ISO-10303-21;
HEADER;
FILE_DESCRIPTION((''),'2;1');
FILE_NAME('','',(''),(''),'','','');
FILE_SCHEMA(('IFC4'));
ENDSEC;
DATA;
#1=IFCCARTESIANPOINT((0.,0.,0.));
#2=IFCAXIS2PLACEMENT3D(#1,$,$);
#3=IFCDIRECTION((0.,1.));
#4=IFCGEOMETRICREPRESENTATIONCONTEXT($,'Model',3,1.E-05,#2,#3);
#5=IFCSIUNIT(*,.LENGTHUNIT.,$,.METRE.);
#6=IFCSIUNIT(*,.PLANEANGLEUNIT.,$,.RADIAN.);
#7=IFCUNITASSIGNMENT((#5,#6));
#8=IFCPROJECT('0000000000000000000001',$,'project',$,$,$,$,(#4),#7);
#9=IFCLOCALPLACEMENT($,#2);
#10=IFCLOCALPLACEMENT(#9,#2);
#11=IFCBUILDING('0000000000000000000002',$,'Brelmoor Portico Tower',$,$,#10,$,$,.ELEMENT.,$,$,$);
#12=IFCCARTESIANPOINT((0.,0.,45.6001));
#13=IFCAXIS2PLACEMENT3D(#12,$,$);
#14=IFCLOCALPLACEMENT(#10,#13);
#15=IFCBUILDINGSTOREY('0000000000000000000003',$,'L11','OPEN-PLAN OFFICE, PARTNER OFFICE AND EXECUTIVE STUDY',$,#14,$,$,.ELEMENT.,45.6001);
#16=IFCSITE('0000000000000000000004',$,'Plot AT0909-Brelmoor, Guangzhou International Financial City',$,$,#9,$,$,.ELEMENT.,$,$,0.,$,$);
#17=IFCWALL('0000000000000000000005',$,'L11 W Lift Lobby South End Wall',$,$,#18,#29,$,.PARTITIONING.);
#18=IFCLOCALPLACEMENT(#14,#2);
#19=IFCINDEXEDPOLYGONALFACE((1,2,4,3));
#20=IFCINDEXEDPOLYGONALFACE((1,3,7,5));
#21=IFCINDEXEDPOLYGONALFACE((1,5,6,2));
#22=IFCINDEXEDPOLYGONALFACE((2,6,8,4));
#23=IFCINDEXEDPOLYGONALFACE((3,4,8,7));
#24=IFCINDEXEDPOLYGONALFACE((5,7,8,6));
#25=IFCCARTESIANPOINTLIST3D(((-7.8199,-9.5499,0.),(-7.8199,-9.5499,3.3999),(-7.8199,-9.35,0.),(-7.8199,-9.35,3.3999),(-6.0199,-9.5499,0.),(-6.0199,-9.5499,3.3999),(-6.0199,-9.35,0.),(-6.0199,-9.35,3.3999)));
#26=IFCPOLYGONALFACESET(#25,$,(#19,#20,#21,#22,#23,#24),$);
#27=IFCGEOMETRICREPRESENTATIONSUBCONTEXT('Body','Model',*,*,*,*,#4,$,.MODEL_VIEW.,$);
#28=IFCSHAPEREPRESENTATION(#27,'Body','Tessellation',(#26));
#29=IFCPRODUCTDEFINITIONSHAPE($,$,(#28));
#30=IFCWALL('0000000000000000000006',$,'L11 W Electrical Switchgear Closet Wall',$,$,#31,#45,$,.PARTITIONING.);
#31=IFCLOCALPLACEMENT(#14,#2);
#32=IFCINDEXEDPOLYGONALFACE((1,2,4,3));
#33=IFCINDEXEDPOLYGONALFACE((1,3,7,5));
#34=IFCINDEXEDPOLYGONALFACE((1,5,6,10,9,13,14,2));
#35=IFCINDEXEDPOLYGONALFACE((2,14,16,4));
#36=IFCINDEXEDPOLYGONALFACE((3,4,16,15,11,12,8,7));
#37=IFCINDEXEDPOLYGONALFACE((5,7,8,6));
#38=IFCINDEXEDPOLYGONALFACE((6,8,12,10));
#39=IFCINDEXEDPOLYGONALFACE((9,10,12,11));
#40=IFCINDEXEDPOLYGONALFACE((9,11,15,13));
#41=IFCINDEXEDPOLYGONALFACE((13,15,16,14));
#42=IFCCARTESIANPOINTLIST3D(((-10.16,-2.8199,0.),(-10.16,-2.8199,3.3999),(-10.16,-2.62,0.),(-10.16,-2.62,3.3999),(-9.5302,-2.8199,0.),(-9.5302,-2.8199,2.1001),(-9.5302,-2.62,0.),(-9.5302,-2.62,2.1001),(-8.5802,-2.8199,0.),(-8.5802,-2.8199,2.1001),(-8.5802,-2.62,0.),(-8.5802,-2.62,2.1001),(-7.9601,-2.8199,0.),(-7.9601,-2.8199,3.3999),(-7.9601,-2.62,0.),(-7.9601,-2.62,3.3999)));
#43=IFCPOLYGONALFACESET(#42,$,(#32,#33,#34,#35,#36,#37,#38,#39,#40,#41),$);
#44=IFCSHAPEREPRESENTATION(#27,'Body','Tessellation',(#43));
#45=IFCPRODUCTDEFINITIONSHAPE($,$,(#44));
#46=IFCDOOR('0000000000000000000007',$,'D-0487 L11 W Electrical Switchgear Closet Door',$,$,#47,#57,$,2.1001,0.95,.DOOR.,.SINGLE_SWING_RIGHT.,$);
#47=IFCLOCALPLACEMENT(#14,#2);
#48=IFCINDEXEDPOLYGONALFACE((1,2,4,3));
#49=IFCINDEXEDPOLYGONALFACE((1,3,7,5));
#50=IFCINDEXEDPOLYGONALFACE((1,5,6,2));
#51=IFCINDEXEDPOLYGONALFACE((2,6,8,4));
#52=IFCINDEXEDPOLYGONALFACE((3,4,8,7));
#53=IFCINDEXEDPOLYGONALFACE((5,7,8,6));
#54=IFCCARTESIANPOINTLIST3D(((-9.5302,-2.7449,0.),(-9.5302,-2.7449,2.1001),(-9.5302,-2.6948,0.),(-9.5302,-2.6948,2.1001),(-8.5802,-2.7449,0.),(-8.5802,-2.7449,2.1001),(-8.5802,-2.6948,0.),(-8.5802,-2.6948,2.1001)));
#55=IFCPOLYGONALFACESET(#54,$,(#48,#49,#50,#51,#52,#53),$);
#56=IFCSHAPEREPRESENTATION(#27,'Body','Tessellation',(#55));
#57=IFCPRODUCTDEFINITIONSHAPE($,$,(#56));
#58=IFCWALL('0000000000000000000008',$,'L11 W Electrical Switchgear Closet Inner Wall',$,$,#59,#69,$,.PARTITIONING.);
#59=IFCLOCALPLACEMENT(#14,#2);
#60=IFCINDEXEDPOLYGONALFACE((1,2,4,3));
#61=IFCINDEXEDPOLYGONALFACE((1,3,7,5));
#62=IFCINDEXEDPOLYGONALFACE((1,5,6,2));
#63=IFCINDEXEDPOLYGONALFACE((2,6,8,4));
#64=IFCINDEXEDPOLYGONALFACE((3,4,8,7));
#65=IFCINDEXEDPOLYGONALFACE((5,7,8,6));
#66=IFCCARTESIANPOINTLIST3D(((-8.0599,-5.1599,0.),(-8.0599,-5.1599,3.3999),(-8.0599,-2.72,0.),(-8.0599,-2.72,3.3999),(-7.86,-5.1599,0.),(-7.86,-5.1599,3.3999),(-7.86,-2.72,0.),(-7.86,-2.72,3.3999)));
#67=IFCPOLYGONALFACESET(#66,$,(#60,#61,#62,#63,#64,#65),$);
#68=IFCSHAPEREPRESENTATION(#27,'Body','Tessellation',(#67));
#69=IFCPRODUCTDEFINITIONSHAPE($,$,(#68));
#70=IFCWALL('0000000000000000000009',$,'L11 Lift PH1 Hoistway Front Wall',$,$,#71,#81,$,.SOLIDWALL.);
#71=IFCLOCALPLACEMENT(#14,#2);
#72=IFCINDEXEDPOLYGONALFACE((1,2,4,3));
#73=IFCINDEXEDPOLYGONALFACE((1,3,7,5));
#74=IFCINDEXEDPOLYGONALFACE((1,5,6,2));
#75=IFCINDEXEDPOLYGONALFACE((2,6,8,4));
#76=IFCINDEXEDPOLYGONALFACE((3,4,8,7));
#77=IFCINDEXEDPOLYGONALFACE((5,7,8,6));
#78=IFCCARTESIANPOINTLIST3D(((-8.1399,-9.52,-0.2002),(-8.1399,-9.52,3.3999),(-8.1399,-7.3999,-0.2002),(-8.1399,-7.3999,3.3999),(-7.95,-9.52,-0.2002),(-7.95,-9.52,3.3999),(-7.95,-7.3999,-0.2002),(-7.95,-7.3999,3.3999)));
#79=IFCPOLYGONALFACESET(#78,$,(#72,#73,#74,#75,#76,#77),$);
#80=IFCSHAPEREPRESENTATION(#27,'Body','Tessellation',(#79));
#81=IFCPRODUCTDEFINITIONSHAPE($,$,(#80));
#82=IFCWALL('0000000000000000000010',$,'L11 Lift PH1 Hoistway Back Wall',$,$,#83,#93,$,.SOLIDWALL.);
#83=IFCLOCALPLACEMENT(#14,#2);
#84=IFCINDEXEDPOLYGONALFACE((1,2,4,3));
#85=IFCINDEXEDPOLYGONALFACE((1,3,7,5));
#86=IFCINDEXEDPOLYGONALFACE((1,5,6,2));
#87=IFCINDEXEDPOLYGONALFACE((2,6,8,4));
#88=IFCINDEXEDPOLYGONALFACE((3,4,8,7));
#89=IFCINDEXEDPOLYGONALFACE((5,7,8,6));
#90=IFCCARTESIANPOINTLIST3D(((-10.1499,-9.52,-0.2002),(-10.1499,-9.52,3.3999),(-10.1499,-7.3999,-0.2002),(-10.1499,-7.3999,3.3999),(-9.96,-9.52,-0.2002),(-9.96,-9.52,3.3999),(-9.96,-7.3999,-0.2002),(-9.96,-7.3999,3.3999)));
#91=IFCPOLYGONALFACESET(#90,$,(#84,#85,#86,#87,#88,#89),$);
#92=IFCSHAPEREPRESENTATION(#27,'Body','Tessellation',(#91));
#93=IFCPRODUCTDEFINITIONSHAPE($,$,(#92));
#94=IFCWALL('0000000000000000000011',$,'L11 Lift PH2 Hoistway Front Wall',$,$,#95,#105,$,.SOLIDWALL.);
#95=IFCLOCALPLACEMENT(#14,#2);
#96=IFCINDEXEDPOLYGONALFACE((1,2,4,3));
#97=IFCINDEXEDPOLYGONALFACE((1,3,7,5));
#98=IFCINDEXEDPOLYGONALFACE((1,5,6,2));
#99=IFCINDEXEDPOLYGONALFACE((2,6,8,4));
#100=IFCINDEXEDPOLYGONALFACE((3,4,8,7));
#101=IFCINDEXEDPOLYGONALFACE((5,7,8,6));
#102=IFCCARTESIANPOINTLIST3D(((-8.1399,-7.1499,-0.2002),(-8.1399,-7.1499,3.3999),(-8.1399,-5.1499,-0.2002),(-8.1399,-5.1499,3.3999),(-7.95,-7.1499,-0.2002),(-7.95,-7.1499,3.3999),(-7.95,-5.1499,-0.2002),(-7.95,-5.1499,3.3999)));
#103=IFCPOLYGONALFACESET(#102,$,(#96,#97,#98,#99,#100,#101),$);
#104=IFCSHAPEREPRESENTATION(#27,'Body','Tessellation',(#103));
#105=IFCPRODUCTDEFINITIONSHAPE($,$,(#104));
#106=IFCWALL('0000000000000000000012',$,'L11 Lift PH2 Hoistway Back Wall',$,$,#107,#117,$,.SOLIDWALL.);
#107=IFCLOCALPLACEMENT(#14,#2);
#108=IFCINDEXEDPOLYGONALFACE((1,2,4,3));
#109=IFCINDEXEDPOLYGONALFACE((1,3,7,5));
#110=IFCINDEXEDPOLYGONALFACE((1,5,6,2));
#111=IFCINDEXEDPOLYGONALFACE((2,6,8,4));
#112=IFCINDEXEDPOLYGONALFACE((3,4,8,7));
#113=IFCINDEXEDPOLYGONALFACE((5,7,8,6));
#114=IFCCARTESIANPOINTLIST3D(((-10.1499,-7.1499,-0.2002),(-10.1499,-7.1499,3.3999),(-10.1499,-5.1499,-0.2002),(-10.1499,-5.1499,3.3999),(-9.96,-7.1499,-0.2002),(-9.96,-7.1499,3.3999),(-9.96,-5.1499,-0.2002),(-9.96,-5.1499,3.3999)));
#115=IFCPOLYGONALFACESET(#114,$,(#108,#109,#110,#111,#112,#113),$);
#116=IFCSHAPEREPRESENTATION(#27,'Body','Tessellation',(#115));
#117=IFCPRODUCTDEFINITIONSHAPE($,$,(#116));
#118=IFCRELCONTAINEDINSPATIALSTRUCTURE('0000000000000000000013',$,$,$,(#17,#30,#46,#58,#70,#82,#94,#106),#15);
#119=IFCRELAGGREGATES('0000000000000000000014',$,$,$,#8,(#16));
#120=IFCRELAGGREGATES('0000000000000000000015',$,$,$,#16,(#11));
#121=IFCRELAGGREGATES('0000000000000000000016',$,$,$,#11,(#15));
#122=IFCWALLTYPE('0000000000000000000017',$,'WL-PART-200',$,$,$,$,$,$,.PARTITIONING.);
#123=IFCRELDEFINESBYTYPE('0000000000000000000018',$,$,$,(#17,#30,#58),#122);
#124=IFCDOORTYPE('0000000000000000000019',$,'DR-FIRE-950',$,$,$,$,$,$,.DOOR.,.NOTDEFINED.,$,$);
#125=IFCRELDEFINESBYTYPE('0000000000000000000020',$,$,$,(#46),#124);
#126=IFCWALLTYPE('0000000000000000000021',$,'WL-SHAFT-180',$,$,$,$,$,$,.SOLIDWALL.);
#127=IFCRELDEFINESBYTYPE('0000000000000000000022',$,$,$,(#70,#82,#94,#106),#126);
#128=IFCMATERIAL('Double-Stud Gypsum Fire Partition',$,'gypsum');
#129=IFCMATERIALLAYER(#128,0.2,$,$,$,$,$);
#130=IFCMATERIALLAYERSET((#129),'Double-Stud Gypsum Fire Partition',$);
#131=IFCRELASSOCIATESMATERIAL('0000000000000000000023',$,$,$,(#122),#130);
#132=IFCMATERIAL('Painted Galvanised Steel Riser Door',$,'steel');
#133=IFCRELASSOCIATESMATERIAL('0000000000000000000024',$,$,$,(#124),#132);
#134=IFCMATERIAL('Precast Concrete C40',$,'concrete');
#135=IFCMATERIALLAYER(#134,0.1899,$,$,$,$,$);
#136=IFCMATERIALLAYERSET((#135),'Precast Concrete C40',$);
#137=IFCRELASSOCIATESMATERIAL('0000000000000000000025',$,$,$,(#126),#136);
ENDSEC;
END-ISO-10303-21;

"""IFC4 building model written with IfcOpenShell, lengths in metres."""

from ifc_helpers import new_model, si_unit, direction, frame, frame_2d, origin, place, context, subcontext, project, spatial, rectangle, extrude, material, layer, layer_set, type_object, element, fill, save


model = new_model("IFC4")

# Units and contexts
model_context = context("Model", 3, precision=1e-05, world=origin(), true_north=direction((0.0, 1.0)))
body_context = subcontext(model_context, "Body", "Model", "MODEL_VIEW")
ifc_project = project(units=[si_unit("LENGTHUNIT", "METRE"), si_unit("PLANEANGLEUNIT", "RADIAN")], contexts=[model_context])

# Site, building, storey
site_placement = place(None, origin())
site = spatial("IfcSite", under=ifc_project, at=site_placement, Name="Plot AT0909-Brelmoor, Guangzhou International Financial City", CompositionType="ELEMENT", RefElevation=0.0)
building_placement = place(site_placement, origin())
building = spatial("IfcBuilding", under=site, at=building_placement, Name="Brelmoor Portico Tower", CompositionType="ELEMENT")
storey_placement = place(building_placement, frame((0.0, 0.0, 45.6001)))
storey = spatial("IfcBuildingStorey", under=building, at=storey_placement, Name="L11", Description="OPEN-PLAN OFFICE, PARTNER OFFICE AND EXECUTIVE STUDY", CompositionType="ELEMENT", Elevation=45.6001)

# Shared definitions
ifc_material_1 = material(Name="Double-Stud Gypsum Fire Partition", Category="gypsum")
ifc_layer_1 = layer(ifc_material_1, 0.2)
ifc_layer_set_1 = layer_set([ifc_layer_1], Name="Double-Stud Gypsum Fire Partition")
wall_type_1 = type_object("IfcWallType", Name="WL-PART-200", PredefinedType="PARTITIONING", material=ifc_layer_set_1)

# Wall
wall_1_placement = place(storey_placement, frame((-6.02, -9.45, 0.0), z_axis=(0.0, 0.0, 1.0), x_axis=(-1.0, 0.0, 0.0)))
element("IfcWall", 1, at=wall_1_placement, inside=storey, type_object=wall_type_1, Name="L11 W Lift Lobby South End Wall", PredefinedType="PARTITIONING", context=body_context, shape_type="SweptSolid", body=[
    extrude(rectangle(XDim=1.8, YDim=0.2, at=frame_2d((0.8999, 0.0))), origin(), (0.0, 0.0, 1.0), 3.3999),
])

# Wall, opening, door
wall_2_placement = place(storey_placement, frame((-7.96, -2.72, 0.0), z_axis=(0.0, 0.0, 1.0), x_axis=(-1.0, 0.0, 0.0)))
wall_2 = element("IfcWall", 2, at=wall_2_placement, inside=storey, type_object=wall_type_1, Name="L11 W Electrical Switchgear Closet Wall", PredefinedType="PARTITIONING", context=body_context, shape_type="SweptSolid", body=[
    extrude(rectangle(XDim=2.2, YDim=0.2, at=frame_2d((1.1001, 0.0))), origin(), (0.0, 0.0, 1.0), 3.3999),
])
opening_1_placement = place(wall_2_placement, frame((0.6201, 0.0, 0.0)))
opening_1 = element("IfcOpeningElement", 3, at=opening_1_placement, cuts=wall_2, PredefinedType="OPENING", context=body_context, shape_type="SweptSolid", body=[
    extrude(rectangle(XDim=0.95, YDim=2.1001, at=frame_2d((0.4751, 1.05))), frame((0.0, 0.1099, 0.0), z_axis=(0.0, -1.0, 0.0), x_axis=(1.0, 0.0, 0.0)), (0.0, 0.0, 1.0), 0.22),
])
ifc_material_2 = material(Name="Painted Galvanised Steel Riser Door", Category="steel")
door_type_1 = type_object("IfcDoorType", Name="DR-FIRE-950", OperationType="NOTDEFINED", PredefinedType="DOOR", material=ifc_material_2)
door_1_placement = place(opening_1_placement, origin())
door_1 = element("IfcDoor", 4, at=door_1_placement, inside=storey, type_object=door_type_1, Name="D-0487 L11 W Electrical Switchgear Closet Door", OperationType="SINGLE_SWING_RIGHT", OverallHeight=2.1001, OverallWidth=0.95, PredefinedType="DOOR", context=body_context, shape_type="SweptSolid", body=[
    extrude(rectangle(XDim=0.95, YDim=2.1001, at=frame_2d((0.4751, 1.05))), frame((0.0, 0.0249, 0.0), z_axis=(0.0, -1.0, 0.0), x_axis=(1.0, 0.0, 0.0)), (0.0, 0.0, 1.0), 0.05),
])
fill(opening_1, door_1)

# Walls
wall_3_placement = place(storey_placement, frame((-7.96, -5.1599, 0.0), z_axis=(0.0, 0.0, 1.0), x_axis=(0.0, 1.0, 0.0)))
element("IfcWall", 5, at=wall_3_placement, inside=storey, type_object=wall_type_1, Name="L11 W Electrical Switchgear Closet Inner Wall", PredefinedType="PARTITIONING", context=body_context, shape_type="SweptSolid", body=[
    extrude(rectangle(XDim=2.4399, YDim=0.2, at=frame_2d((1.22, 0.0))), origin(), (0.0, 0.0, 1.0), 3.3999),
])
ifc_material_3 = material(Name="Precast Concrete C40", Category="concrete")
ifc_layer_2 = layer(ifc_material_3, 0.1899)
ifc_layer_set_2 = layer_set([ifc_layer_2], Name="Precast Concrete C40")
wall_type_2 = type_object("IfcWallType", Name="WL-SHAFT-180", PredefinedType="SOLIDWALL", material=ifc_layer_set_2)
for number, where, z_axis, x_axis, name in (
    (6, (-8.0449, -9.52, -0.2002), (0.0, 0.0, 1.0), (0.0, 1.0, 0.0), "L11 Lift PH1 Hoistway Front Wall"),
    (7, (-10.0549, -9.52, -0.2002), (0.0, 0.0, 1.0), (0.0, 1.0, 0.0), "L11 Lift PH1 Hoistway Back Wall"),
):
    element("IfcWall", number, at=place(storey_placement, frame(where, z_axis=z_axis, x_axis=x_axis)), inside=storey, type_object=wall_type_2, Name=name, PredefinedType="SOLIDWALL", context=body_context, shape_type="SweptSolid", body=[
        extrude(rectangle(XDim=2.1201, YDim=0.1899, at=frame_2d((1.0601, 0.0))), origin(), (0.0, 0.0, 1.0), 3.6001),
    ])
for number, where, z_axis, x_axis, name in (
    (8, (-8.0449, -7.1499, -0.2002), (0.0, 0.0, 1.0), (0.0, 1.0, 0.0), "L11 Lift PH2 Hoistway Front Wall"),
    (9, (-10.0549, -7.1499, -0.2002), (0.0, 0.0, 1.0), (0.0, 1.0, 0.0), "L11 Lift PH2 Hoistway Back Wall"),
):
    element("IfcWall", number, at=place(storey_placement, frame(where, z_axis=z_axis, x_axis=x_axis)), inside=storey, type_object=wall_type_2, Name=name, PredefinedType="SOLIDWALL", context=body_context, shape_type="SweptSolid", body=[
        extrude(rectangle(XDim=2.0, YDim=0.1899, at=frame_2d((1.0, 0.0))), origin(), (0.0, 0.0, 1.0), 3.6001),
    ])

save(model, "model.ifc")
